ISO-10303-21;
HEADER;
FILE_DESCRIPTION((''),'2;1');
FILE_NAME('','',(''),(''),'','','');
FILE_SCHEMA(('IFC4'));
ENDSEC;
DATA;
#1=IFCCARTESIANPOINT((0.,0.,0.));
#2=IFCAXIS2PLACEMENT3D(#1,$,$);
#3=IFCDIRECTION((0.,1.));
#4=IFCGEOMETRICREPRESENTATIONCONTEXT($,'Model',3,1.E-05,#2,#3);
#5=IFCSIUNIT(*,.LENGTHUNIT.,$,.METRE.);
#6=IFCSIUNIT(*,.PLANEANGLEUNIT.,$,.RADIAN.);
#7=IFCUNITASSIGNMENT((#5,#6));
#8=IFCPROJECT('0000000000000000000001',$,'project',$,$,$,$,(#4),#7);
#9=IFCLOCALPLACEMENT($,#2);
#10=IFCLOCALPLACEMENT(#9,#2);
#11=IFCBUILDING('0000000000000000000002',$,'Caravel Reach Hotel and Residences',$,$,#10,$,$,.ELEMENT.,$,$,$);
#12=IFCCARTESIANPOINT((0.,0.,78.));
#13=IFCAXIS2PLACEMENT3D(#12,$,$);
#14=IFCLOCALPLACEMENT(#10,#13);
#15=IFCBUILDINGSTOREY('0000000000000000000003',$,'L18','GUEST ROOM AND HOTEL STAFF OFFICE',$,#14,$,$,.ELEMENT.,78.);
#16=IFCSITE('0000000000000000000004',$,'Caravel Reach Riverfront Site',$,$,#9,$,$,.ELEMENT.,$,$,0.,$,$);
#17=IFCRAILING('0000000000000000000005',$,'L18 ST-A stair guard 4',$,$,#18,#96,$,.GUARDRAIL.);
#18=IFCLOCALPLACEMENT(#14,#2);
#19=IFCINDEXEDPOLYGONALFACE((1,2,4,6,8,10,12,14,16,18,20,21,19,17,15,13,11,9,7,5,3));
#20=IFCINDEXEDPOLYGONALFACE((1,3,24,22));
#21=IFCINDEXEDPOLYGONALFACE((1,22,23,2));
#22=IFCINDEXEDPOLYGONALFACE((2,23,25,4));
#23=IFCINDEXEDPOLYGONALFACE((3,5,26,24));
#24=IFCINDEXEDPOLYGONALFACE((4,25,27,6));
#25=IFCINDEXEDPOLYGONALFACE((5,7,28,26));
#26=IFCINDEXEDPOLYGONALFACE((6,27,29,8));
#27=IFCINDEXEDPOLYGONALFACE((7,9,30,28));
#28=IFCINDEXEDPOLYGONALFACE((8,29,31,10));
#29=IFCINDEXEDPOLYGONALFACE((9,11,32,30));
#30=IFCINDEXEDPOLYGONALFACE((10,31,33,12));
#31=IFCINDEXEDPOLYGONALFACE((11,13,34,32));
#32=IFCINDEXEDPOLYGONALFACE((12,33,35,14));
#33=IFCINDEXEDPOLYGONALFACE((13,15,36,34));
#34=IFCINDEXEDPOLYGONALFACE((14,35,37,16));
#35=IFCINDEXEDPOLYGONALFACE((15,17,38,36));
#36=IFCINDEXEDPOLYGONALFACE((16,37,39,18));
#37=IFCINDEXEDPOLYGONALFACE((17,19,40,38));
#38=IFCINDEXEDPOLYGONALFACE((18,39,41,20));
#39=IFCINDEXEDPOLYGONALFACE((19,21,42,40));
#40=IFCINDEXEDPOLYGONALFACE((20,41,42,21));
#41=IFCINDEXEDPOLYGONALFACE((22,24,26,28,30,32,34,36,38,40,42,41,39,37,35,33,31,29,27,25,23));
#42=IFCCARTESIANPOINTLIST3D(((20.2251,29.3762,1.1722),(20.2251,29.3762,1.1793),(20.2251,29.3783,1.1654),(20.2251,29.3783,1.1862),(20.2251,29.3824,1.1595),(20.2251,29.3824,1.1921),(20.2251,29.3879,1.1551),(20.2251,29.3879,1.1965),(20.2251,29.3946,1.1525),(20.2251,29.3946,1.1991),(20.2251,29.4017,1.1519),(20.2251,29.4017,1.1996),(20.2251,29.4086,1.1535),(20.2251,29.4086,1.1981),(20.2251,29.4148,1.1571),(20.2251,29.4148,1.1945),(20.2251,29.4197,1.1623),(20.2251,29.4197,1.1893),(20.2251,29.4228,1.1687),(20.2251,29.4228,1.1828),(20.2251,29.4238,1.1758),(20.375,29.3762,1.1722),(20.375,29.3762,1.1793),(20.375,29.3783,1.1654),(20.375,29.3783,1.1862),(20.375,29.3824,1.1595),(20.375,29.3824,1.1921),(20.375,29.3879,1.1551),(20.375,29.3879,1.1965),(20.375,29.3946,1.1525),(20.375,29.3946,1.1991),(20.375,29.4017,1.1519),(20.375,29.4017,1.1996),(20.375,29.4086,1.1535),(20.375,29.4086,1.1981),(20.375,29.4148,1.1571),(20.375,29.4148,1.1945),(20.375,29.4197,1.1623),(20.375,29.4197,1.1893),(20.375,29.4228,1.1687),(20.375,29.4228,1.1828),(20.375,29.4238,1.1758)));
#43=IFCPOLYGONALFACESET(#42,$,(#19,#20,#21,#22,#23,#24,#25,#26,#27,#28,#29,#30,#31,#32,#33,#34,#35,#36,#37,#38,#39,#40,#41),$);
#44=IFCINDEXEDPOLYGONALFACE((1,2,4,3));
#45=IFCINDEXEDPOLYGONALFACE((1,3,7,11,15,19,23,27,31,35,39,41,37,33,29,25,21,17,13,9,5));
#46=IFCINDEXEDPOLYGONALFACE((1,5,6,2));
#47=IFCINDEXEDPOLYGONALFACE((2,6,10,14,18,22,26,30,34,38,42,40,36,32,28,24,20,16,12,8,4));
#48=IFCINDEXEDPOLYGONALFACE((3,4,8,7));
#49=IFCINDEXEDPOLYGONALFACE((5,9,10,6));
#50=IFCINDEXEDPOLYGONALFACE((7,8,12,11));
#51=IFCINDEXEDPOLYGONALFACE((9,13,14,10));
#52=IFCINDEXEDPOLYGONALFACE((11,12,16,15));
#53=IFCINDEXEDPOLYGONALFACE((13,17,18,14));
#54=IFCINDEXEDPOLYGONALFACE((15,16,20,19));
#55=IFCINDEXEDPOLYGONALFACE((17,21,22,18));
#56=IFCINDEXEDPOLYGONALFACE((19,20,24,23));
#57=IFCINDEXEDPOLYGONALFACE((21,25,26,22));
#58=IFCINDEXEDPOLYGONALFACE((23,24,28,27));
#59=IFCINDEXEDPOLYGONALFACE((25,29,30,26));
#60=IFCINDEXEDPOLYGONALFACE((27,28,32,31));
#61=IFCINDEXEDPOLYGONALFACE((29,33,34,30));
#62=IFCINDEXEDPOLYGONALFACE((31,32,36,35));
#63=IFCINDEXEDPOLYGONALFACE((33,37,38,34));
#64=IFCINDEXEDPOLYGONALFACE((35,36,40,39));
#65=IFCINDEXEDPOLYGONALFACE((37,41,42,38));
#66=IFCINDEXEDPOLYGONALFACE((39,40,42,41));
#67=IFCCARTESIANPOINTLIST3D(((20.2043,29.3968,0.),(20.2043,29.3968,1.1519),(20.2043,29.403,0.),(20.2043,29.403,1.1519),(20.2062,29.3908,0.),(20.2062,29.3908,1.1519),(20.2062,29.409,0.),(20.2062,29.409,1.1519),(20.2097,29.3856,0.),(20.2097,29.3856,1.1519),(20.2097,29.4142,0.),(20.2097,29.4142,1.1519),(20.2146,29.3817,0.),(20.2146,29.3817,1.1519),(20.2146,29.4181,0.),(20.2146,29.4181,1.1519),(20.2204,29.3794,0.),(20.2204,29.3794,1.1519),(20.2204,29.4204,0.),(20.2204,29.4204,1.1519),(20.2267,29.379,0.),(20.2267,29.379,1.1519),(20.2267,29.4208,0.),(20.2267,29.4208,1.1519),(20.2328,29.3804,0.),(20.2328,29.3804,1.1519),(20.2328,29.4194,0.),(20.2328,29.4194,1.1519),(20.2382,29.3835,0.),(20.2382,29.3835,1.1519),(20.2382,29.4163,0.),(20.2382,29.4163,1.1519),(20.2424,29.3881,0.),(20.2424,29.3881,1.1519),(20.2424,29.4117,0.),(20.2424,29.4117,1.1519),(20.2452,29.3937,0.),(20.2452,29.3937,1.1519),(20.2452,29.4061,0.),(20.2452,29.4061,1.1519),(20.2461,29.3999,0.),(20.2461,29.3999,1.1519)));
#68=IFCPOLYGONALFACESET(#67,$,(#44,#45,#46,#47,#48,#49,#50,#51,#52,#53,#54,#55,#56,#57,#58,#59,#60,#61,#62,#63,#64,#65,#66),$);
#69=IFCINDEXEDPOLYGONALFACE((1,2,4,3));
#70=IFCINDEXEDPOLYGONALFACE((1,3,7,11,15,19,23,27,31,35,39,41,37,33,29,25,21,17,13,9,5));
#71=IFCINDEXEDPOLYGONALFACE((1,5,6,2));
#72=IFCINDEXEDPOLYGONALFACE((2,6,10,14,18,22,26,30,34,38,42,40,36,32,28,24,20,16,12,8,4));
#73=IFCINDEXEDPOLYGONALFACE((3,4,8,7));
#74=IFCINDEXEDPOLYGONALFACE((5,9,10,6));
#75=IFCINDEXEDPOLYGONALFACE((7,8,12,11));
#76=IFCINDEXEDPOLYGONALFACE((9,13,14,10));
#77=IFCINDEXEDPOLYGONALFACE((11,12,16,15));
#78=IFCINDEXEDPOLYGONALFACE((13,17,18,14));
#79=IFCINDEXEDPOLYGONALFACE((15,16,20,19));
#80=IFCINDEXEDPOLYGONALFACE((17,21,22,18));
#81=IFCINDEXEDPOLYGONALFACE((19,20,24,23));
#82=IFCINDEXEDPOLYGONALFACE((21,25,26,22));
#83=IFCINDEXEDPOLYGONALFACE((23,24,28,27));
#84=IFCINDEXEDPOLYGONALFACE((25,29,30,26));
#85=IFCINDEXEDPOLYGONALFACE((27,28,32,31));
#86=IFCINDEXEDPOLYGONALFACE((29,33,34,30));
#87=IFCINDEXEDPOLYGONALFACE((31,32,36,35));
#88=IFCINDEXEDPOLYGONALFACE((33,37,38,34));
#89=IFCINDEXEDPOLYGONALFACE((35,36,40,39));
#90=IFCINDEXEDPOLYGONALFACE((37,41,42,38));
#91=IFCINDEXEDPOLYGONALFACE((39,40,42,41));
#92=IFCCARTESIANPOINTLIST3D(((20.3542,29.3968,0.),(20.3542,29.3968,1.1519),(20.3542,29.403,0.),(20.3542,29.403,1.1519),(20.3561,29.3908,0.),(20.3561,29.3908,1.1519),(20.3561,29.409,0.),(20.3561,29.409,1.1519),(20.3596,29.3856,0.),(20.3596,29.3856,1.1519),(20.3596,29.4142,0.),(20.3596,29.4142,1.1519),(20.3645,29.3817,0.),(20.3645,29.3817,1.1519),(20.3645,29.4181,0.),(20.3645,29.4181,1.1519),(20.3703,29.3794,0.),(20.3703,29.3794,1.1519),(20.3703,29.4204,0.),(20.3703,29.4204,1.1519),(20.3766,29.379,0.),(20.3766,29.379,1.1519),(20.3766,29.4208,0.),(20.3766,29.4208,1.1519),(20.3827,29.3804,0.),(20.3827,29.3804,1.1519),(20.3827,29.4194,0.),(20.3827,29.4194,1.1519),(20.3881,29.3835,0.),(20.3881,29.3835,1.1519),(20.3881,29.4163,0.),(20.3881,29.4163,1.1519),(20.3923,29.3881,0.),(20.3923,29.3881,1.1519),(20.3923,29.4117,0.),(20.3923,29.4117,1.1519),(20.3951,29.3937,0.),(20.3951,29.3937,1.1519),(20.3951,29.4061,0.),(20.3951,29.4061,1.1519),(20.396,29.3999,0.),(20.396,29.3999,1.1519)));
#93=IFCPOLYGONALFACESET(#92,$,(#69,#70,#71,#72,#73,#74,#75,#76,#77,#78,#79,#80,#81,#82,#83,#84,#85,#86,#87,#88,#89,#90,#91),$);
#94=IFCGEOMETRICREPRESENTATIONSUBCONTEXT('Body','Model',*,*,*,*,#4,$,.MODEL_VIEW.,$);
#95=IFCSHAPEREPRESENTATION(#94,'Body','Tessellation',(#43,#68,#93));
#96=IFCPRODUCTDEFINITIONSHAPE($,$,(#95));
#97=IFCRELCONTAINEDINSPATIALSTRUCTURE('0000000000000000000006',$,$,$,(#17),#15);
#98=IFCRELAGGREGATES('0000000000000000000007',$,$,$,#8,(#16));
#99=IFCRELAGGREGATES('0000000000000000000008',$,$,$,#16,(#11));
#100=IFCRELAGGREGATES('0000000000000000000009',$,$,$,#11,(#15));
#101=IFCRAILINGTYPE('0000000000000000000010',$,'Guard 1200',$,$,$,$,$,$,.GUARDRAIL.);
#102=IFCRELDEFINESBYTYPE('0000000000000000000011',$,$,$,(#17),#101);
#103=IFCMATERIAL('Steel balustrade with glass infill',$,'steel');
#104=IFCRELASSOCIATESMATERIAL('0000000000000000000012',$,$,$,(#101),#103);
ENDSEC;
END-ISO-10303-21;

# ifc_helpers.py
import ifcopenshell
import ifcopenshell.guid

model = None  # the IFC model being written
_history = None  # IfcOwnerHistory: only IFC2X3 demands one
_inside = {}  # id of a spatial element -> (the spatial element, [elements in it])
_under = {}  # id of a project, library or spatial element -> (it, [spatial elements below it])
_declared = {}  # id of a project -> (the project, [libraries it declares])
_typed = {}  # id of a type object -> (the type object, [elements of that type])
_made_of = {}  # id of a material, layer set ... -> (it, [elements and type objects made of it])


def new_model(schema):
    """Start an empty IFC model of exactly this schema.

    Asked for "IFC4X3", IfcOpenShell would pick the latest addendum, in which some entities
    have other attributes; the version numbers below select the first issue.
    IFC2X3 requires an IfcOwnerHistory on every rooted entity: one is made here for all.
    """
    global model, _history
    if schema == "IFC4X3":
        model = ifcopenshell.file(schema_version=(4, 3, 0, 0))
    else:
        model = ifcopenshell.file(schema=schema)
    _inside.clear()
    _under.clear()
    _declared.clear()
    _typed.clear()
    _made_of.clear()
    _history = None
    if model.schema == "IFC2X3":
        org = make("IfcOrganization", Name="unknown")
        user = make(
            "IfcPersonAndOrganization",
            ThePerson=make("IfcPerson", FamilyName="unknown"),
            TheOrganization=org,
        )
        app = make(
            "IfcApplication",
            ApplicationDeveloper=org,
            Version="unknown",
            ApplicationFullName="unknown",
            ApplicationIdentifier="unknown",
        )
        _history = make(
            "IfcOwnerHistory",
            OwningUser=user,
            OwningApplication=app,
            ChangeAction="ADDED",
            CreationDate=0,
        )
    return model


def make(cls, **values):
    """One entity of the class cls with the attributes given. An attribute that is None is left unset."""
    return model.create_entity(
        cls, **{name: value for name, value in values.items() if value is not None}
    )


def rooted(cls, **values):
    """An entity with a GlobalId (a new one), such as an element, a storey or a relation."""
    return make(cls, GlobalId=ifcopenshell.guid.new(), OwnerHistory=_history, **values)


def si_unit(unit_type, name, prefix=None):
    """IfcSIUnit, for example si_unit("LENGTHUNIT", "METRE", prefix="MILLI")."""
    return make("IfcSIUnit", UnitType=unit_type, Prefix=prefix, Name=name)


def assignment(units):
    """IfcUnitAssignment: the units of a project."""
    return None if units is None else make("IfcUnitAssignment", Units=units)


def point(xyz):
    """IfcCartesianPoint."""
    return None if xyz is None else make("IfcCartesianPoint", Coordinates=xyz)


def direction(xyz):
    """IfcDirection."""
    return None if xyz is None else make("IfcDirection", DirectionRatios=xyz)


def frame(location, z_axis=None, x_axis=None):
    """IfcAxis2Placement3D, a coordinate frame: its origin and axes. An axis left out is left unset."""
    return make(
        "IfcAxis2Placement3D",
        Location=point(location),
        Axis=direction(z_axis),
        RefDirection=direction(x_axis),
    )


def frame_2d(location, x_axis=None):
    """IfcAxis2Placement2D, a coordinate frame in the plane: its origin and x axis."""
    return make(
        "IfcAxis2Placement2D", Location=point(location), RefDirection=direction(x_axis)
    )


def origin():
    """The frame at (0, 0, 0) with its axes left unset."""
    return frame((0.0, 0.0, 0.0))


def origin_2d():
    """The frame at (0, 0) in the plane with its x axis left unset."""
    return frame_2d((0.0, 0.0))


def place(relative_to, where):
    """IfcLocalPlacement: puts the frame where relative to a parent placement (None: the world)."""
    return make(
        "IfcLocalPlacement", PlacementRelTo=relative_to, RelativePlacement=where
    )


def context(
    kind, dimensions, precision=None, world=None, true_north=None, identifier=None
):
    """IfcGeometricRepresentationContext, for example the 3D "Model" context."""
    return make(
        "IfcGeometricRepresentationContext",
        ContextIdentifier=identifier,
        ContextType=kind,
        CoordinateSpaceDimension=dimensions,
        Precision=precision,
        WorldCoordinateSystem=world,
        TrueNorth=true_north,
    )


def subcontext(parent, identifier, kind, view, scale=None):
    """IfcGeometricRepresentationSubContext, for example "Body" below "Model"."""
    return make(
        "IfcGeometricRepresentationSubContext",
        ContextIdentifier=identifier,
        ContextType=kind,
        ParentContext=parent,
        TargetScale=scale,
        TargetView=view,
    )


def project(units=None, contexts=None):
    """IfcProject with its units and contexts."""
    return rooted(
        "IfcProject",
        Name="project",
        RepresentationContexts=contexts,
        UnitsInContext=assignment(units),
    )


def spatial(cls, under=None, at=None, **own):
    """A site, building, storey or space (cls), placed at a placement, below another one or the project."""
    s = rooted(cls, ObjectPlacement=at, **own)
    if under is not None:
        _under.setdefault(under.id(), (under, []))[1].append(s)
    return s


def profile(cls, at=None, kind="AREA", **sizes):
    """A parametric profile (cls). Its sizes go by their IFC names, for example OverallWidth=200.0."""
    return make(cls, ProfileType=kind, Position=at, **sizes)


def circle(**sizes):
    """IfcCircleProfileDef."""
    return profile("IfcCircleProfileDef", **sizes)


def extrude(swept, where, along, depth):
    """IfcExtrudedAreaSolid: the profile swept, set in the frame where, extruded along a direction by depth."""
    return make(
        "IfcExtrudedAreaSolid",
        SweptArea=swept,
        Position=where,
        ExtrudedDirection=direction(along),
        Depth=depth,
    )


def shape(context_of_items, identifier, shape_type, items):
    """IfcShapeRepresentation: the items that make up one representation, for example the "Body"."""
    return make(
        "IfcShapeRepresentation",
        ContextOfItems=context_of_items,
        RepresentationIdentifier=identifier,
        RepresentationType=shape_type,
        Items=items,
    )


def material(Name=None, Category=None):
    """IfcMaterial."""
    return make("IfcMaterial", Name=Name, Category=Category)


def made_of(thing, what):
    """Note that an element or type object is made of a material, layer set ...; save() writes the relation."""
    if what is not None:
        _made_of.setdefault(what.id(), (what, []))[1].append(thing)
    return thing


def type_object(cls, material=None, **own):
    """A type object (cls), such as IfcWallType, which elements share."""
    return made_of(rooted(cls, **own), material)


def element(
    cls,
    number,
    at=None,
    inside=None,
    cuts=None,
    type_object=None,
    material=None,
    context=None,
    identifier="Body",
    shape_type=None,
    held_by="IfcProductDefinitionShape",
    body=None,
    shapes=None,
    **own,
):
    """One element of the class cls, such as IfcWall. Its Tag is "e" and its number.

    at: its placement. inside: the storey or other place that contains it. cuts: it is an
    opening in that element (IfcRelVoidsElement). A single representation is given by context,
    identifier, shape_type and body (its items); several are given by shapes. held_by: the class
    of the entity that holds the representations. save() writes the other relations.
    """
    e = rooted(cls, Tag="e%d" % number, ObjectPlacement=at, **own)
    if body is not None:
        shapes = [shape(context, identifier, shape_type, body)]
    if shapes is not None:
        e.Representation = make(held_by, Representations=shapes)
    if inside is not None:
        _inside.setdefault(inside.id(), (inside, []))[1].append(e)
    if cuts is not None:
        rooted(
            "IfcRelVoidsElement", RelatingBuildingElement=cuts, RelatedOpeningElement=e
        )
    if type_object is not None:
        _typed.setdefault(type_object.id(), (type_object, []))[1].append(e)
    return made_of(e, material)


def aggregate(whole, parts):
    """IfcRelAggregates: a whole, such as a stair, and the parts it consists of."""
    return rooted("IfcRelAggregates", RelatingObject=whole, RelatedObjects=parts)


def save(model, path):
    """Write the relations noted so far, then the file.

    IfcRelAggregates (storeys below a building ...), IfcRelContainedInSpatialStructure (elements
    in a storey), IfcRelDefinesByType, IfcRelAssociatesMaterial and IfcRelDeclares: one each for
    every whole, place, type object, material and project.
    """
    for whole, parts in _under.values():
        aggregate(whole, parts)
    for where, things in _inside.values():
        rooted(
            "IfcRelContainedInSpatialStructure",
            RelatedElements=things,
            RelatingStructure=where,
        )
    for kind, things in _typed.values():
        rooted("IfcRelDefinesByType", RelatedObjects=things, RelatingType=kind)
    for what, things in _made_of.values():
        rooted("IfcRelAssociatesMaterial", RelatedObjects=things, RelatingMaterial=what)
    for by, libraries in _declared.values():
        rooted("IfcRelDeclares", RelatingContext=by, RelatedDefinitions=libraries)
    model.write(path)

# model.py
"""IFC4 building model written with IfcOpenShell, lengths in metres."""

from ifc_helpers import new_model, si_unit, direction, frame, origin, origin_2d, place, context, subcontext, project, spatial, circle, extrude, material, type_object, element, save


model = new_model("IFC4")

# Units and contexts
model_context = context("Model", 3, precision=1e-05, world=origin(), true_north=direction((0.0, 1.0)))
body_context = subcontext(model_context, "Body", "Model", "MODEL_VIEW")
ifc_project = project(units=[si_unit("LENGTHUNIT", "METRE"), si_unit("PLANEANGLEUNIT", "RADIAN")], contexts=[model_context])

# Site, building, storey
site_placement = place(None, origin())
site = spatial("IfcSite", under=ifc_project, at=site_placement, Name="Caravel Reach Riverfront Site", CompositionType="ELEMENT", RefElevation=0.0)
building_placement = place(site_placement, origin())
building = spatial("IfcBuilding", under=site, at=building_placement, Name="Caravel Reach Hotel and Residences", CompositionType="ELEMENT")
storey_placement = place(building_placement, frame((0.0, 0.0, 78.0)))
storey = spatial("IfcBuildingStorey", under=building, at=storey_placement, Name="L18", Description="GUEST ROOM AND HOTEL STAFF OFFICE", CompositionType="ELEMENT", Elevation=78.0)

# Railing
ifc_material_1 = material(Name="Steel balustrade with glass infill", Category="steel")
railing_type_1 = type_object("IfcRailingType", Name="Guard 1200", PredefinedType="GUARDRAIL", material=ifc_material_1)
railing_1_placement = place(storey_placement, frame((20.2251, 29.3999, 0.0)))
element("IfcRailing", 1, at=railing_1_placement, inside=storey, type_object=railing_type_1, Name="L18 ST-A stair guard 4", PredefinedType="GUARDRAIL", context=body_context, shape_type="SweptSolid", body=[
    extrude(circle(Radius=0.0239, at=origin_2d()), frame((0.0, 0.0, 1.1758), z_axis=(1.0, 0.0, 0.0), x_axis=(0.0, 1.0, 0.0)), (0.0, 0.0, 1.0), 0.1499),
    extrude(circle(Radius=0.021, at=origin_2d()), origin(), (0.0, 0.0, 1.0), 1.1519),
    extrude(circle(Radius=0.021, at=origin_2d()), frame((0.1499, 0.0, 0.0)), (0.0, 0.0, 1.0), 1.1519),
])

save(model, "model.ifc")
